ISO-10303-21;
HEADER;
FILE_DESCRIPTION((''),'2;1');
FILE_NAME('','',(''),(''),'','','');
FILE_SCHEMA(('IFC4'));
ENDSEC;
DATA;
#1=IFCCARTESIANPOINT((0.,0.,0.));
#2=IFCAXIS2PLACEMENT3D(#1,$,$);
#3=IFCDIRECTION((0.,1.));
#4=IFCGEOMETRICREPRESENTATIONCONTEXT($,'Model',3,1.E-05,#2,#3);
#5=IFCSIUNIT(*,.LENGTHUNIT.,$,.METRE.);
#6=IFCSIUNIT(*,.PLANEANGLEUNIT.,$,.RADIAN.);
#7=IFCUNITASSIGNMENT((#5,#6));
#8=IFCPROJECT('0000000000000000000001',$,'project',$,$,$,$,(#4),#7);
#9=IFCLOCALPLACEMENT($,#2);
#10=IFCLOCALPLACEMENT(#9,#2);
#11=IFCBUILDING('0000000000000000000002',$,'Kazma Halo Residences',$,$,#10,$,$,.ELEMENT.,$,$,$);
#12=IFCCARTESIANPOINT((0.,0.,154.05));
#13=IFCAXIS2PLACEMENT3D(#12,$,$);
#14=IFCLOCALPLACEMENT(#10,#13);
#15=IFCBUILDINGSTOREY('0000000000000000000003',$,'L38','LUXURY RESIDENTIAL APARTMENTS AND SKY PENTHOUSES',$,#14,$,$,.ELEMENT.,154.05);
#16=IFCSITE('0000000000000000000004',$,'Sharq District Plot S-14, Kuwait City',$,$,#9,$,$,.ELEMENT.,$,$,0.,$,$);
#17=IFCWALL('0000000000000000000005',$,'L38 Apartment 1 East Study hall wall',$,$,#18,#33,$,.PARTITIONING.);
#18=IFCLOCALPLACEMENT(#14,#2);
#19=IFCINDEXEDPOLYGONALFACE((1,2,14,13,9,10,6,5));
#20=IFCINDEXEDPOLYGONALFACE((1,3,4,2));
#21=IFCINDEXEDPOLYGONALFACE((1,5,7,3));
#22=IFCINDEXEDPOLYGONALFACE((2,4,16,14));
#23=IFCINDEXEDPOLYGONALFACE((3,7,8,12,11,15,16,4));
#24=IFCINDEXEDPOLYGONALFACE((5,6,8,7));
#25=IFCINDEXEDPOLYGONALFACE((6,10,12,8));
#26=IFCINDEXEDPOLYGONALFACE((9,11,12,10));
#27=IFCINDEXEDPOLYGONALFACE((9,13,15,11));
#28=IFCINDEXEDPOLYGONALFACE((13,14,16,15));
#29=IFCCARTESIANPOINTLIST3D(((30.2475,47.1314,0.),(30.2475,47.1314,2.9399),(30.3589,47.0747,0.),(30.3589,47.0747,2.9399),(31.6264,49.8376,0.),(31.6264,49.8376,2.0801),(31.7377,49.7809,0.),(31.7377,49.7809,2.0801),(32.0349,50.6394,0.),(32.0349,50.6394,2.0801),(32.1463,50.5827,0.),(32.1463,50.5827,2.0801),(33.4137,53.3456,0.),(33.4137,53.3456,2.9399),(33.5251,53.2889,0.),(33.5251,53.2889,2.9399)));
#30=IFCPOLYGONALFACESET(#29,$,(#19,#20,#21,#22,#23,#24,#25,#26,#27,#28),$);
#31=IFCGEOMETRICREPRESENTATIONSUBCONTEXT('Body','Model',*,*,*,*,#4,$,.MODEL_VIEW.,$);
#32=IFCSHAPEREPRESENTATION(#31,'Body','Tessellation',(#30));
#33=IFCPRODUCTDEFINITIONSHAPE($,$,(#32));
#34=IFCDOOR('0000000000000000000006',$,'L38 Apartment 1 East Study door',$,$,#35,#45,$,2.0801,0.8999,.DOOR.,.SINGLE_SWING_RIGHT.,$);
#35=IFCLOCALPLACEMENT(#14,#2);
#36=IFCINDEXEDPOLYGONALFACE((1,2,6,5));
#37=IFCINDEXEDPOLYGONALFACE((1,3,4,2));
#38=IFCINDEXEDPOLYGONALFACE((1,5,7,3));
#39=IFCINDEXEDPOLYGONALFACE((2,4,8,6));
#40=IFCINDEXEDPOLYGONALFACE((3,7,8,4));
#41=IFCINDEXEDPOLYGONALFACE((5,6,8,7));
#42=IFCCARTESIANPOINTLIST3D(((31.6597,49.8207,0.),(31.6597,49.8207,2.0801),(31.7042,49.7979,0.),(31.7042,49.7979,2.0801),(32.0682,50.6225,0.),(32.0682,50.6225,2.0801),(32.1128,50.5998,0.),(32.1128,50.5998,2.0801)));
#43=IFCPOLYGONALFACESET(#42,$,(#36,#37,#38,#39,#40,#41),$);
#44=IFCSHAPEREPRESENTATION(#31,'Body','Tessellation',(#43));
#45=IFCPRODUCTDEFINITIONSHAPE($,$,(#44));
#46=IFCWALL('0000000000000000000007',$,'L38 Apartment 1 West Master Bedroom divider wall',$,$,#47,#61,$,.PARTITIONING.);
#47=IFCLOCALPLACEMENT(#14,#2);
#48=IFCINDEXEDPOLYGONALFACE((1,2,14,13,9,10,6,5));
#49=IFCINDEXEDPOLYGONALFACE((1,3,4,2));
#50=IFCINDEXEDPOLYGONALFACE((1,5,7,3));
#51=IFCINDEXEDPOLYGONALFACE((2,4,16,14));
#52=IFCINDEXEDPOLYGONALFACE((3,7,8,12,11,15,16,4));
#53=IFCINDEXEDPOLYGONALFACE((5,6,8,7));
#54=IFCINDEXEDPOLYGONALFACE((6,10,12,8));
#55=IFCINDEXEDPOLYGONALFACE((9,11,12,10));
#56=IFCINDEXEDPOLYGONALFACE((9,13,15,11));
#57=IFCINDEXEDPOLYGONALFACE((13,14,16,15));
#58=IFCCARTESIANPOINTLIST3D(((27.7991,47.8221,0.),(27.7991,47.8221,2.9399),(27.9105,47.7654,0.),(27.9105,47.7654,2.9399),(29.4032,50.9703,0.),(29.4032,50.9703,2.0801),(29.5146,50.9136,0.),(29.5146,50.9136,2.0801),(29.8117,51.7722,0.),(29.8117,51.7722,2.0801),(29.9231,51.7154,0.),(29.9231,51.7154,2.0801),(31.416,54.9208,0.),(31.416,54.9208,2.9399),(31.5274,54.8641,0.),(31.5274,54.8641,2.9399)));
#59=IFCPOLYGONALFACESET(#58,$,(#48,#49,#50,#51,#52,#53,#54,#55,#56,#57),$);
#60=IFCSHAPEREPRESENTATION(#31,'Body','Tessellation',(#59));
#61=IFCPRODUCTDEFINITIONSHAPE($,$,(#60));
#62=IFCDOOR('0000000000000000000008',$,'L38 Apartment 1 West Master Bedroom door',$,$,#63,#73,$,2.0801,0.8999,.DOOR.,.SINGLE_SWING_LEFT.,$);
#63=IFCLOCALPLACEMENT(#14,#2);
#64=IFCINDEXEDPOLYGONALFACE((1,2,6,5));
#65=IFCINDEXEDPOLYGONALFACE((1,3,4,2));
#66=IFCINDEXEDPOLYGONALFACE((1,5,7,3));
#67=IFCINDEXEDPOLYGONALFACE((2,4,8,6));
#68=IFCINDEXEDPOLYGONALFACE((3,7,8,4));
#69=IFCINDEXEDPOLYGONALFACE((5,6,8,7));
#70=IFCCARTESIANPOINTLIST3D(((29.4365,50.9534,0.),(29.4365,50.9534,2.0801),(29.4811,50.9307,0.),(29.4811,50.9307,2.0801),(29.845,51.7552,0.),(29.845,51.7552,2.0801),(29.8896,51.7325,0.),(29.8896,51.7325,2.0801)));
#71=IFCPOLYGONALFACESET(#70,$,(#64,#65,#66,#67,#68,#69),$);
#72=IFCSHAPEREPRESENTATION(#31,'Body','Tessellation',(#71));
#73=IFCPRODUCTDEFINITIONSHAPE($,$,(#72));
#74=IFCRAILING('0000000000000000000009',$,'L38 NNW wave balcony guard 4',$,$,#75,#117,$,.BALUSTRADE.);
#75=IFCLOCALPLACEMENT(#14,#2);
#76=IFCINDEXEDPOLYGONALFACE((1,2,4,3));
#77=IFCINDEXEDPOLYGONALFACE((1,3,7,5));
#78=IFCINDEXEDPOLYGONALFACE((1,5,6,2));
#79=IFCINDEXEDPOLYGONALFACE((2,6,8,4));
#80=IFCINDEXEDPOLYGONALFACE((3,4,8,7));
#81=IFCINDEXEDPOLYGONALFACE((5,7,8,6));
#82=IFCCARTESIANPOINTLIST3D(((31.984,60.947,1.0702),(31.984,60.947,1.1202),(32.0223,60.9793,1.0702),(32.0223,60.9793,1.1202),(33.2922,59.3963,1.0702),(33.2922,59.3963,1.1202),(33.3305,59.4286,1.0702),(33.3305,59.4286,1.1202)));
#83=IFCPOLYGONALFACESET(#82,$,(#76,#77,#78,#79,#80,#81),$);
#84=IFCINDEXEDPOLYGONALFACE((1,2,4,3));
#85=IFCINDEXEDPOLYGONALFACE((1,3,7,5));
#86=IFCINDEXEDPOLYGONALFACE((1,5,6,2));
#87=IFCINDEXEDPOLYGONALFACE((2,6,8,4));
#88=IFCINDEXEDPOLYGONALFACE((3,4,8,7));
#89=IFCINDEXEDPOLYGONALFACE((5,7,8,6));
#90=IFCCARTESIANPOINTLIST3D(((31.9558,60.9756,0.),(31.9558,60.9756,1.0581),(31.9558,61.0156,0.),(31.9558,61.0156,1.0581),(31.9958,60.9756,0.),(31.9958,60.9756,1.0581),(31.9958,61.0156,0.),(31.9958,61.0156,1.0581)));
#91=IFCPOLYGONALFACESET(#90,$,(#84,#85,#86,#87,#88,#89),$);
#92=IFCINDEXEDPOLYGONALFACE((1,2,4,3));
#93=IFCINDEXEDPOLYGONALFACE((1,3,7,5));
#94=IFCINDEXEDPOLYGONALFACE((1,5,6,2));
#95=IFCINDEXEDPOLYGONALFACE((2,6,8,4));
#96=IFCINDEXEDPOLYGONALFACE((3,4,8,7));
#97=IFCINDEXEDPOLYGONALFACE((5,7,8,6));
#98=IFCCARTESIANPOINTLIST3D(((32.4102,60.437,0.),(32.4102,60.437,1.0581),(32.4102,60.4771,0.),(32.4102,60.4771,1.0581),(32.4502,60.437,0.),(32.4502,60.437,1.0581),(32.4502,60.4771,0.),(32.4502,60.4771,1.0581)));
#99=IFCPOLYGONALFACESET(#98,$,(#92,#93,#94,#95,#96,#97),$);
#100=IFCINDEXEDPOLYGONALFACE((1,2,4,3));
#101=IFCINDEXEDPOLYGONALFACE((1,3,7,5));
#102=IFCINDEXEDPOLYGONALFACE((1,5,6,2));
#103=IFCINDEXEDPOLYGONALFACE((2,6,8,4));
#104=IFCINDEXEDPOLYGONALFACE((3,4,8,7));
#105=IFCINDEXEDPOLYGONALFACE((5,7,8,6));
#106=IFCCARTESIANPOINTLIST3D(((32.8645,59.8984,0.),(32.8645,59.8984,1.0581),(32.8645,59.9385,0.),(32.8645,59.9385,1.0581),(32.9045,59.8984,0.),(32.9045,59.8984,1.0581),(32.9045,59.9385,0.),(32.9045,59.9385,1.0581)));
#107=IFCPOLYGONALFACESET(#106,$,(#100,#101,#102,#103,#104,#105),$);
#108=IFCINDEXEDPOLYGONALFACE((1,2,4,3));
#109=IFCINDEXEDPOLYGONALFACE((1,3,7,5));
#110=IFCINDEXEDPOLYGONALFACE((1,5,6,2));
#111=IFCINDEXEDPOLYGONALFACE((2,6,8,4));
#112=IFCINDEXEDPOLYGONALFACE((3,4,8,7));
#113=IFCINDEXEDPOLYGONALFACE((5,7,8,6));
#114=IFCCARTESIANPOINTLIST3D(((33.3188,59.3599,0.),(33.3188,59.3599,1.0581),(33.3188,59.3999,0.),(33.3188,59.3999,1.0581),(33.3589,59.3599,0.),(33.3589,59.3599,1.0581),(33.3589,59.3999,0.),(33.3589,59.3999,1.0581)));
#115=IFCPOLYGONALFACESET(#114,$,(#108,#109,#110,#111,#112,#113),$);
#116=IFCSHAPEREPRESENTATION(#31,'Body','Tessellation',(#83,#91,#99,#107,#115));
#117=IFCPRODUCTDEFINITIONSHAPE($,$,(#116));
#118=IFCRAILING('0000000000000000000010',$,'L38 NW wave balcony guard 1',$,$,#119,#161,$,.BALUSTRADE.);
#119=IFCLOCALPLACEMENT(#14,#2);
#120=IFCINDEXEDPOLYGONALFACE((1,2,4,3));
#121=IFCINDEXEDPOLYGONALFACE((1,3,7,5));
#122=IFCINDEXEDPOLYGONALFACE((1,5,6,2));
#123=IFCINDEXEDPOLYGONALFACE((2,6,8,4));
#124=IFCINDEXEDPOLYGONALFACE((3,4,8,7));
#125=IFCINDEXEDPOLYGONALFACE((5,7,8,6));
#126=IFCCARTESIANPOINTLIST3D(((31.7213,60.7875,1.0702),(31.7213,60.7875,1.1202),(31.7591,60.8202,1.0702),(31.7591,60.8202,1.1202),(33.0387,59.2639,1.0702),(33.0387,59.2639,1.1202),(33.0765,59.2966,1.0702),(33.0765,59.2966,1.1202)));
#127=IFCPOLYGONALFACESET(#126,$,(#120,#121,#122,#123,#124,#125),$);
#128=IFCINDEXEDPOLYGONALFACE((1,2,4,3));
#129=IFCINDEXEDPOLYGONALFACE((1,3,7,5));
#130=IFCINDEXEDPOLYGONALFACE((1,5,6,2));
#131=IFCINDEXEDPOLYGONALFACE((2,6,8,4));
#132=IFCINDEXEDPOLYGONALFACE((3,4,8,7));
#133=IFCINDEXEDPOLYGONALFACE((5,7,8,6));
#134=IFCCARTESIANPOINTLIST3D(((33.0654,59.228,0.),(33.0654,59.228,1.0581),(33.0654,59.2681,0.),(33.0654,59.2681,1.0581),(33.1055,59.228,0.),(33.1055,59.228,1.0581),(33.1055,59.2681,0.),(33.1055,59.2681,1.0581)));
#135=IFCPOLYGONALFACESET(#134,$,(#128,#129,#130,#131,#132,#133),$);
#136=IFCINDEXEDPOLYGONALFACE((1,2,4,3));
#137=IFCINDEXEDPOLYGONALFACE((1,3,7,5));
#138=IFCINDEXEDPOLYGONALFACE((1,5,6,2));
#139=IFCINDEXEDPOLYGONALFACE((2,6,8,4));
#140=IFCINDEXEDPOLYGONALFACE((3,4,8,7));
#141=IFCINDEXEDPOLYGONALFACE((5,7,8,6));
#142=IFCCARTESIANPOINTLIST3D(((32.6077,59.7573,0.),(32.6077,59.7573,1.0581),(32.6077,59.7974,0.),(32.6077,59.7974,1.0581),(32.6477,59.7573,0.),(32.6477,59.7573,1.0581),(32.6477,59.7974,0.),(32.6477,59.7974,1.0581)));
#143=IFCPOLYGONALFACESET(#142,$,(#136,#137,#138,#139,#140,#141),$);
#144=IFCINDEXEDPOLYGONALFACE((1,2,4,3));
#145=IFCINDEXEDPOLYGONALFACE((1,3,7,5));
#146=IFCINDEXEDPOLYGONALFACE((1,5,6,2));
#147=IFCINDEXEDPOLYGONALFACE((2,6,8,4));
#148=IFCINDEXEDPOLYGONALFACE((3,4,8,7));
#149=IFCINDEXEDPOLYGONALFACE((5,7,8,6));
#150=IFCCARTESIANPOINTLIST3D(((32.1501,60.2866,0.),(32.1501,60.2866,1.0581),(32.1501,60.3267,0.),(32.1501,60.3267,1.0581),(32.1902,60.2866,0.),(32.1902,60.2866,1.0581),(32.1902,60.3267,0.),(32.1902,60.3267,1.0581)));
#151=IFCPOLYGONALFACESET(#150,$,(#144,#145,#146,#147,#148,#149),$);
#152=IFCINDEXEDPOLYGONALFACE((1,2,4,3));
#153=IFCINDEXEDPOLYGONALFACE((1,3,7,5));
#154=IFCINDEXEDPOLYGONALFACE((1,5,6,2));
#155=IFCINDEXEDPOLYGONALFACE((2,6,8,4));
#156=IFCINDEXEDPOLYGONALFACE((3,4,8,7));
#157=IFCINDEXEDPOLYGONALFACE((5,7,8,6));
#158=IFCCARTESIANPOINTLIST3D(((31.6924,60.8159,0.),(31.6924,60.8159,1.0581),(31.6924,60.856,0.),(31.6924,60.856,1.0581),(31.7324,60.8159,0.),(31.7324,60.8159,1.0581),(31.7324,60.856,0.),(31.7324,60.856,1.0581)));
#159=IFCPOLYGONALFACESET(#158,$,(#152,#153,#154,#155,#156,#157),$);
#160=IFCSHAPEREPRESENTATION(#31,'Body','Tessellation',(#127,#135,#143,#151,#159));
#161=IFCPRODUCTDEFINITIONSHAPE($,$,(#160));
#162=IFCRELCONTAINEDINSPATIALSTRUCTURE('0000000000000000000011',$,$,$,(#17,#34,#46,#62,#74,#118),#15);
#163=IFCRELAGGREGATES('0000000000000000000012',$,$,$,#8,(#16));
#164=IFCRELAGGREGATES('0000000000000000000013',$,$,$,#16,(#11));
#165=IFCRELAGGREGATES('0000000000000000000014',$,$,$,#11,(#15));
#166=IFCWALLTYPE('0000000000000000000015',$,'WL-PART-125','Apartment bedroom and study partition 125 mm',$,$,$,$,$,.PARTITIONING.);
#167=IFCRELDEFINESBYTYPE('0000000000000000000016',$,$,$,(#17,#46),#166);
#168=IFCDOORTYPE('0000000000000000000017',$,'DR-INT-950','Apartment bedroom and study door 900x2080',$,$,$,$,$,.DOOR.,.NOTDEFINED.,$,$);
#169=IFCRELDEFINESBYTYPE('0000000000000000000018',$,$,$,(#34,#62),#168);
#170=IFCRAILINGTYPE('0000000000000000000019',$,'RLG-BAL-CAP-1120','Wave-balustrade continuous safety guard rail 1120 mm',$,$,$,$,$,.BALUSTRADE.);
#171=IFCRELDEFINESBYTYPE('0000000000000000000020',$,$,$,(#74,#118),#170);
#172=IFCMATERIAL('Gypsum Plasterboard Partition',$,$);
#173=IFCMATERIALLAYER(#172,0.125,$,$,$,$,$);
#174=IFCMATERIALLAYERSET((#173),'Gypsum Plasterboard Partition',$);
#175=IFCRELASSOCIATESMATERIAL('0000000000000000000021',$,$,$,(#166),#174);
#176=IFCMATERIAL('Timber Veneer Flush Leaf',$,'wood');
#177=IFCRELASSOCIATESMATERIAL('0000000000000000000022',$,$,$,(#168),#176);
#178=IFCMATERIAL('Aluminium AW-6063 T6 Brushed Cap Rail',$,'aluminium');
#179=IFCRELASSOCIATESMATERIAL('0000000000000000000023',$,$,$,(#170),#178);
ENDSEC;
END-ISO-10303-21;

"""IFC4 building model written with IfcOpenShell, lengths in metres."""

from ifc_helpers import new_model, si_unit, direction, frame, frame_2d, origin, origin_2d, place, context, subcontext, project, spatial, rectangle, extrude, material, layer, layer_set, type_object, element, fill, save


model = new_model("IFC4")

# Units and contexts
model_context = context("Model", 3, precision=1e-05, world=origin(), true_north=direction((0.0, 1.0)))
body_context = subcontext(model_context, "Body", "Model", "MODEL_VIEW")
ifc_project = project(units=[si_unit("LENGTHUNIT", "METRE"), si_unit("PLANEANGLEUNIT", "RADIAN")], contexts=[model_context])

# Site, building, storey
site_placement = place(None, origin())
site = spatial("IfcSite", under=ifc_project, at=site_placement, Name="Sharq District Plot S-14, Kuwait City", CompositionType="ELEMENT", RefElevation=0.0)
building_placement = place(site_placement, origin())
building = spatial("IfcBuilding", under=site, at=building_placement, Name="Kazma Halo Residences", CompositionType="ELEMENT")
storey_placement = place(building_placement, frame((0.0, 0.0, 154.05)))
storey = spatial("IfcBuildingStorey", under=building, at=storey_placement, Name="L38", Description="LUXURY RESIDENTIAL APARTMENTS AND SKY PENTHOUSES", CompositionType="ELEMENT", Elevation=154.05)

# Shared definitions
ifc_material_1 = material(Name="Gypsum Plasterboard Partition")
ifc_layer_1 = layer(ifc_material_1, 0.125)
ifc_layer_set_1 = layer_set([ifc_layer_1], Name="Gypsum Plasterboard Partition")
wall_type_1 = type_object("IfcWallType", Name="WL-PART-125", Description="Apartment bedroom and study partition 125 mm", PredefinedType="PARTITIONING", material=ifc_layer_set_1)

# Walls, openings, doors
wall_1_placement = place(storey_placement, frame((33.4695, 53.3174, 0.0), z_axis=(0.0, 0.0, 1.0), x_axis=(-0.453978, -0.891013, 0.0)))
wall_1 = element("IfcWall", 1, at=wall_1_placement, inside=storey, type_object=wall_type_1, Name="L38 Apartment 1 East Study hall wall", PredefinedType="PARTITIONING", context=body_context, shape_type="SweptSolid", body=[
    extrude(rectangle(XDim=6.9744, YDim=0.125, at=frame_2d((3.4873, 0.0))), origin(), (0.0, 0.0, 1.0), 2.9399),
])
opening_1_placement = place(wall_1_placement, frame((3.0374, 0.0, 0.0)))
opening_1 = element("IfcOpeningElement", 2, at=opening_1_placement, cuts=wall_1, PredefinedType="OPENING", context=body_context, shape_type="SweptSolid", body=[
    extrude(rectangle(XDim=0.8999, YDim=2.0801, at=frame_2d((0.45, 1.04))), frame((0.0, 0.0725, 0.0), z_axis=(0.0, -1.0, 0.0), x_axis=(1.0, 0.0, 0.0)), (0.0, 0.0, 1.0), 0.145),
])
ifc_material_2 = material(Name="Timber Veneer Flush Leaf", Category="wood")
door_type_1 = type_object("IfcDoorType", Name="DR-INT-950", Description="Apartment bedroom and study door 900x2080", OperationType="NOTDEFINED", PredefinedType="DOOR", material=ifc_material_2)
door_1_placement = place(opening_1_placement, origin())
door_1 = element("IfcDoor", 3, at=door_1_placement, inside=storey, type_object=door_type_1, Name="L38 Apartment 1 East Study door", OperationType="SINGLE_SWING_RIGHT", OverallHeight=2.0801, OverallWidth=0.8999, PredefinedType="DOOR", context=body_context, shape_type="SweptSolid", body=[
    extrude(rectangle(XDim=0.8999, YDim=2.0801, at=frame_2d((0.45, 1.04))), frame((0.0, 0.0249, 0.0), z_axis=(0.0, -1.0, 0.0), x_axis=(1.0, 0.0, 0.0)), (0.0, 0.0, 1.0), 0.05),
])
fill(opening_1, door_1)
wall_2_placement = place(storey_placement, frame((31.4717, 54.8923, 0.0), z_axis=(0.0, 0.0, 1.0), x_axis=(-0.453991, -0.891006, 0.0)))
wall_2 = element("IfcWall", 4, at=wall_2_placement, inside=storey, type_object=wall_type_1, Name="L38 Apartment 1 West Master Bedroom divider wall", PredefinedType="PARTITIONING", context=body_context, shape_type="SweptSolid", body=[
    extrude(rectangle(XDim=7.967, YDim=0.125, at=frame_2d((3.9834, 0.0))), origin(), (0.0, 0.0, 1.0), 2.9399),
])
opening_2_placement = place(wall_2_placement, frame((3.5337, 0.0, 0.0)))
opening_2 = element("IfcOpeningElement", 5, at=opening_2_placement, cuts=wall_2, PredefinedType="OPENING", context=body_context, shape_type="SweptSolid", body=[
    extrude(rectangle(XDim=0.8999, YDim=2.0801, at=frame_2d((0.45, 1.04))), frame((0.0, 0.0725, 0.0), z_axis=(0.0, -1.0, 0.0), x_axis=(1.0, 0.0, 0.0)), (0.0, 0.0, 1.0), 0.145),
])
door_2_placement = place(opening_2_placement, origin())
door_2 = element("IfcDoor", 6, at=door_2_placement, inside=storey, type_object=door_type_1, Name="L38 Apartment 1 West Master Bedroom door", OperationType="SINGLE_SWING_LEFT", OverallHeight=2.0801, OverallWidth=0.8999, PredefinedType="DOOR", context=body_context, shape_type="SweptSolid", body=[
    extrude(rectangle(XDim=0.8999, YDim=2.0801, at=frame_2d((0.45, 1.04))), frame((0.0, 0.0249, 0.0), z_axis=(0.0, -1.0, 0.0), x_axis=(1.0, 0.0, 0.0)), (0.0, 0.0, 1.0), 0.05),
])
fill(opening_2, door_2)

# Railings
ifc_material_3 = material(Name="Aluminium AW-6063 T6 Brushed Cap Rail", Category="aluminium")
railing_type = type_object("IfcRailingType", Name="RLG-BAL-CAP-1120", Description="Wave-balustrade continuous safety guard rail 1120 mm", PredefinedType="BALUSTRADE", material=ifc_material_3)
railing_1_placement = place(storey_placement, frame((31.9758, 60.9956, 0.0)))
element("IfcRailing", 7, at=railing_1_placement, inside=storey, type_object=railing_type, Name="L38 NNW wave balcony guard 4", PredefinedType="BALUSTRADE", context=body_context, shape_type="SweptSolid", body=[
    extrude(rectangle(XDim=0.05, YDim=0.05, at=origin_2d()), frame((0.0273, -0.0325, 1.0952), z_axis=(0.644808, -0.764345, 0.0), x_axis=(0.764345, 0.644808, 0.0)), (0.0, 0.0, 1.0), 2.0288),
    extrude(rectangle(XDim=0.04, YDim=0.04, at=origin_2d()), origin(), (0.0, 0.0, 1.0), 1.0581),
    extrude(rectangle(XDim=0.04, YDim=0.04, at=origin_2d()), frame((0.4543, -0.5386, 0.0)), (0.0, 0.0, 1.0), 1.0581),
    extrude(rectangle(XDim=0.04, YDim=0.04, at=origin_2d()), frame((0.9087, -1.0771, 0.0)), (0.0, 0.0, 1.0), 1.0581),
    extrude(rectangle(XDim=0.04, YDim=0.04, at=origin_2d()), frame((1.363, -1.6157, 0.0)), (0.0, 0.0, 1.0), 1.0581),
])
railing_2_placement = place(storey_placement, frame((33.0854, 59.248, 0.0)))
element("IfcRailing", 8, at=railing_2_placement, inside=storey, type_object=railing_type, Name="L38 NW wave balcony guard 1", PredefinedType="BALUSTRADE", context=body_context, shape_type="SweptSolid", body=[
    extrude(rectangle(XDim=0.05, YDim=0.05, at=origin_2d()), frame((-0.0278, 0.0322, 1.0952), z_axis=(-0.65408, 0.756425, 0.0), x_axis=(-0.756425, -0.65408, 0.0)), (0.0, 0.0, 1.0), 2.0142),
    extrude(rectangle(XDim=0.04, YDim=0.04, at=origin_2d()), origin(), (0.0, 0.0, 1.0), 1.0581),
    extrude(rectangle(XDim=0.04, YDim=0.04, at=origin_2d()), frame((-0.4578, 0.5293, 0.0)), (0.0, 0.0, 1.0), 1.0581),
    extrude(rectangle(XDim=0.04, YDim=0.04, at=origin_2d()), frame((-0.9153, 1.0586, 0.0)), (0.0, 0.0, 1.0), 1.0581),
    extrude(rectangle(XDim=0.04, YDim=0.04, at=origin_2d()), frame((-1.373, 1.5879, 0.0)), (0.0, 0.0, 1.0), 1.0581),
])

save(model, "model.ifc")
